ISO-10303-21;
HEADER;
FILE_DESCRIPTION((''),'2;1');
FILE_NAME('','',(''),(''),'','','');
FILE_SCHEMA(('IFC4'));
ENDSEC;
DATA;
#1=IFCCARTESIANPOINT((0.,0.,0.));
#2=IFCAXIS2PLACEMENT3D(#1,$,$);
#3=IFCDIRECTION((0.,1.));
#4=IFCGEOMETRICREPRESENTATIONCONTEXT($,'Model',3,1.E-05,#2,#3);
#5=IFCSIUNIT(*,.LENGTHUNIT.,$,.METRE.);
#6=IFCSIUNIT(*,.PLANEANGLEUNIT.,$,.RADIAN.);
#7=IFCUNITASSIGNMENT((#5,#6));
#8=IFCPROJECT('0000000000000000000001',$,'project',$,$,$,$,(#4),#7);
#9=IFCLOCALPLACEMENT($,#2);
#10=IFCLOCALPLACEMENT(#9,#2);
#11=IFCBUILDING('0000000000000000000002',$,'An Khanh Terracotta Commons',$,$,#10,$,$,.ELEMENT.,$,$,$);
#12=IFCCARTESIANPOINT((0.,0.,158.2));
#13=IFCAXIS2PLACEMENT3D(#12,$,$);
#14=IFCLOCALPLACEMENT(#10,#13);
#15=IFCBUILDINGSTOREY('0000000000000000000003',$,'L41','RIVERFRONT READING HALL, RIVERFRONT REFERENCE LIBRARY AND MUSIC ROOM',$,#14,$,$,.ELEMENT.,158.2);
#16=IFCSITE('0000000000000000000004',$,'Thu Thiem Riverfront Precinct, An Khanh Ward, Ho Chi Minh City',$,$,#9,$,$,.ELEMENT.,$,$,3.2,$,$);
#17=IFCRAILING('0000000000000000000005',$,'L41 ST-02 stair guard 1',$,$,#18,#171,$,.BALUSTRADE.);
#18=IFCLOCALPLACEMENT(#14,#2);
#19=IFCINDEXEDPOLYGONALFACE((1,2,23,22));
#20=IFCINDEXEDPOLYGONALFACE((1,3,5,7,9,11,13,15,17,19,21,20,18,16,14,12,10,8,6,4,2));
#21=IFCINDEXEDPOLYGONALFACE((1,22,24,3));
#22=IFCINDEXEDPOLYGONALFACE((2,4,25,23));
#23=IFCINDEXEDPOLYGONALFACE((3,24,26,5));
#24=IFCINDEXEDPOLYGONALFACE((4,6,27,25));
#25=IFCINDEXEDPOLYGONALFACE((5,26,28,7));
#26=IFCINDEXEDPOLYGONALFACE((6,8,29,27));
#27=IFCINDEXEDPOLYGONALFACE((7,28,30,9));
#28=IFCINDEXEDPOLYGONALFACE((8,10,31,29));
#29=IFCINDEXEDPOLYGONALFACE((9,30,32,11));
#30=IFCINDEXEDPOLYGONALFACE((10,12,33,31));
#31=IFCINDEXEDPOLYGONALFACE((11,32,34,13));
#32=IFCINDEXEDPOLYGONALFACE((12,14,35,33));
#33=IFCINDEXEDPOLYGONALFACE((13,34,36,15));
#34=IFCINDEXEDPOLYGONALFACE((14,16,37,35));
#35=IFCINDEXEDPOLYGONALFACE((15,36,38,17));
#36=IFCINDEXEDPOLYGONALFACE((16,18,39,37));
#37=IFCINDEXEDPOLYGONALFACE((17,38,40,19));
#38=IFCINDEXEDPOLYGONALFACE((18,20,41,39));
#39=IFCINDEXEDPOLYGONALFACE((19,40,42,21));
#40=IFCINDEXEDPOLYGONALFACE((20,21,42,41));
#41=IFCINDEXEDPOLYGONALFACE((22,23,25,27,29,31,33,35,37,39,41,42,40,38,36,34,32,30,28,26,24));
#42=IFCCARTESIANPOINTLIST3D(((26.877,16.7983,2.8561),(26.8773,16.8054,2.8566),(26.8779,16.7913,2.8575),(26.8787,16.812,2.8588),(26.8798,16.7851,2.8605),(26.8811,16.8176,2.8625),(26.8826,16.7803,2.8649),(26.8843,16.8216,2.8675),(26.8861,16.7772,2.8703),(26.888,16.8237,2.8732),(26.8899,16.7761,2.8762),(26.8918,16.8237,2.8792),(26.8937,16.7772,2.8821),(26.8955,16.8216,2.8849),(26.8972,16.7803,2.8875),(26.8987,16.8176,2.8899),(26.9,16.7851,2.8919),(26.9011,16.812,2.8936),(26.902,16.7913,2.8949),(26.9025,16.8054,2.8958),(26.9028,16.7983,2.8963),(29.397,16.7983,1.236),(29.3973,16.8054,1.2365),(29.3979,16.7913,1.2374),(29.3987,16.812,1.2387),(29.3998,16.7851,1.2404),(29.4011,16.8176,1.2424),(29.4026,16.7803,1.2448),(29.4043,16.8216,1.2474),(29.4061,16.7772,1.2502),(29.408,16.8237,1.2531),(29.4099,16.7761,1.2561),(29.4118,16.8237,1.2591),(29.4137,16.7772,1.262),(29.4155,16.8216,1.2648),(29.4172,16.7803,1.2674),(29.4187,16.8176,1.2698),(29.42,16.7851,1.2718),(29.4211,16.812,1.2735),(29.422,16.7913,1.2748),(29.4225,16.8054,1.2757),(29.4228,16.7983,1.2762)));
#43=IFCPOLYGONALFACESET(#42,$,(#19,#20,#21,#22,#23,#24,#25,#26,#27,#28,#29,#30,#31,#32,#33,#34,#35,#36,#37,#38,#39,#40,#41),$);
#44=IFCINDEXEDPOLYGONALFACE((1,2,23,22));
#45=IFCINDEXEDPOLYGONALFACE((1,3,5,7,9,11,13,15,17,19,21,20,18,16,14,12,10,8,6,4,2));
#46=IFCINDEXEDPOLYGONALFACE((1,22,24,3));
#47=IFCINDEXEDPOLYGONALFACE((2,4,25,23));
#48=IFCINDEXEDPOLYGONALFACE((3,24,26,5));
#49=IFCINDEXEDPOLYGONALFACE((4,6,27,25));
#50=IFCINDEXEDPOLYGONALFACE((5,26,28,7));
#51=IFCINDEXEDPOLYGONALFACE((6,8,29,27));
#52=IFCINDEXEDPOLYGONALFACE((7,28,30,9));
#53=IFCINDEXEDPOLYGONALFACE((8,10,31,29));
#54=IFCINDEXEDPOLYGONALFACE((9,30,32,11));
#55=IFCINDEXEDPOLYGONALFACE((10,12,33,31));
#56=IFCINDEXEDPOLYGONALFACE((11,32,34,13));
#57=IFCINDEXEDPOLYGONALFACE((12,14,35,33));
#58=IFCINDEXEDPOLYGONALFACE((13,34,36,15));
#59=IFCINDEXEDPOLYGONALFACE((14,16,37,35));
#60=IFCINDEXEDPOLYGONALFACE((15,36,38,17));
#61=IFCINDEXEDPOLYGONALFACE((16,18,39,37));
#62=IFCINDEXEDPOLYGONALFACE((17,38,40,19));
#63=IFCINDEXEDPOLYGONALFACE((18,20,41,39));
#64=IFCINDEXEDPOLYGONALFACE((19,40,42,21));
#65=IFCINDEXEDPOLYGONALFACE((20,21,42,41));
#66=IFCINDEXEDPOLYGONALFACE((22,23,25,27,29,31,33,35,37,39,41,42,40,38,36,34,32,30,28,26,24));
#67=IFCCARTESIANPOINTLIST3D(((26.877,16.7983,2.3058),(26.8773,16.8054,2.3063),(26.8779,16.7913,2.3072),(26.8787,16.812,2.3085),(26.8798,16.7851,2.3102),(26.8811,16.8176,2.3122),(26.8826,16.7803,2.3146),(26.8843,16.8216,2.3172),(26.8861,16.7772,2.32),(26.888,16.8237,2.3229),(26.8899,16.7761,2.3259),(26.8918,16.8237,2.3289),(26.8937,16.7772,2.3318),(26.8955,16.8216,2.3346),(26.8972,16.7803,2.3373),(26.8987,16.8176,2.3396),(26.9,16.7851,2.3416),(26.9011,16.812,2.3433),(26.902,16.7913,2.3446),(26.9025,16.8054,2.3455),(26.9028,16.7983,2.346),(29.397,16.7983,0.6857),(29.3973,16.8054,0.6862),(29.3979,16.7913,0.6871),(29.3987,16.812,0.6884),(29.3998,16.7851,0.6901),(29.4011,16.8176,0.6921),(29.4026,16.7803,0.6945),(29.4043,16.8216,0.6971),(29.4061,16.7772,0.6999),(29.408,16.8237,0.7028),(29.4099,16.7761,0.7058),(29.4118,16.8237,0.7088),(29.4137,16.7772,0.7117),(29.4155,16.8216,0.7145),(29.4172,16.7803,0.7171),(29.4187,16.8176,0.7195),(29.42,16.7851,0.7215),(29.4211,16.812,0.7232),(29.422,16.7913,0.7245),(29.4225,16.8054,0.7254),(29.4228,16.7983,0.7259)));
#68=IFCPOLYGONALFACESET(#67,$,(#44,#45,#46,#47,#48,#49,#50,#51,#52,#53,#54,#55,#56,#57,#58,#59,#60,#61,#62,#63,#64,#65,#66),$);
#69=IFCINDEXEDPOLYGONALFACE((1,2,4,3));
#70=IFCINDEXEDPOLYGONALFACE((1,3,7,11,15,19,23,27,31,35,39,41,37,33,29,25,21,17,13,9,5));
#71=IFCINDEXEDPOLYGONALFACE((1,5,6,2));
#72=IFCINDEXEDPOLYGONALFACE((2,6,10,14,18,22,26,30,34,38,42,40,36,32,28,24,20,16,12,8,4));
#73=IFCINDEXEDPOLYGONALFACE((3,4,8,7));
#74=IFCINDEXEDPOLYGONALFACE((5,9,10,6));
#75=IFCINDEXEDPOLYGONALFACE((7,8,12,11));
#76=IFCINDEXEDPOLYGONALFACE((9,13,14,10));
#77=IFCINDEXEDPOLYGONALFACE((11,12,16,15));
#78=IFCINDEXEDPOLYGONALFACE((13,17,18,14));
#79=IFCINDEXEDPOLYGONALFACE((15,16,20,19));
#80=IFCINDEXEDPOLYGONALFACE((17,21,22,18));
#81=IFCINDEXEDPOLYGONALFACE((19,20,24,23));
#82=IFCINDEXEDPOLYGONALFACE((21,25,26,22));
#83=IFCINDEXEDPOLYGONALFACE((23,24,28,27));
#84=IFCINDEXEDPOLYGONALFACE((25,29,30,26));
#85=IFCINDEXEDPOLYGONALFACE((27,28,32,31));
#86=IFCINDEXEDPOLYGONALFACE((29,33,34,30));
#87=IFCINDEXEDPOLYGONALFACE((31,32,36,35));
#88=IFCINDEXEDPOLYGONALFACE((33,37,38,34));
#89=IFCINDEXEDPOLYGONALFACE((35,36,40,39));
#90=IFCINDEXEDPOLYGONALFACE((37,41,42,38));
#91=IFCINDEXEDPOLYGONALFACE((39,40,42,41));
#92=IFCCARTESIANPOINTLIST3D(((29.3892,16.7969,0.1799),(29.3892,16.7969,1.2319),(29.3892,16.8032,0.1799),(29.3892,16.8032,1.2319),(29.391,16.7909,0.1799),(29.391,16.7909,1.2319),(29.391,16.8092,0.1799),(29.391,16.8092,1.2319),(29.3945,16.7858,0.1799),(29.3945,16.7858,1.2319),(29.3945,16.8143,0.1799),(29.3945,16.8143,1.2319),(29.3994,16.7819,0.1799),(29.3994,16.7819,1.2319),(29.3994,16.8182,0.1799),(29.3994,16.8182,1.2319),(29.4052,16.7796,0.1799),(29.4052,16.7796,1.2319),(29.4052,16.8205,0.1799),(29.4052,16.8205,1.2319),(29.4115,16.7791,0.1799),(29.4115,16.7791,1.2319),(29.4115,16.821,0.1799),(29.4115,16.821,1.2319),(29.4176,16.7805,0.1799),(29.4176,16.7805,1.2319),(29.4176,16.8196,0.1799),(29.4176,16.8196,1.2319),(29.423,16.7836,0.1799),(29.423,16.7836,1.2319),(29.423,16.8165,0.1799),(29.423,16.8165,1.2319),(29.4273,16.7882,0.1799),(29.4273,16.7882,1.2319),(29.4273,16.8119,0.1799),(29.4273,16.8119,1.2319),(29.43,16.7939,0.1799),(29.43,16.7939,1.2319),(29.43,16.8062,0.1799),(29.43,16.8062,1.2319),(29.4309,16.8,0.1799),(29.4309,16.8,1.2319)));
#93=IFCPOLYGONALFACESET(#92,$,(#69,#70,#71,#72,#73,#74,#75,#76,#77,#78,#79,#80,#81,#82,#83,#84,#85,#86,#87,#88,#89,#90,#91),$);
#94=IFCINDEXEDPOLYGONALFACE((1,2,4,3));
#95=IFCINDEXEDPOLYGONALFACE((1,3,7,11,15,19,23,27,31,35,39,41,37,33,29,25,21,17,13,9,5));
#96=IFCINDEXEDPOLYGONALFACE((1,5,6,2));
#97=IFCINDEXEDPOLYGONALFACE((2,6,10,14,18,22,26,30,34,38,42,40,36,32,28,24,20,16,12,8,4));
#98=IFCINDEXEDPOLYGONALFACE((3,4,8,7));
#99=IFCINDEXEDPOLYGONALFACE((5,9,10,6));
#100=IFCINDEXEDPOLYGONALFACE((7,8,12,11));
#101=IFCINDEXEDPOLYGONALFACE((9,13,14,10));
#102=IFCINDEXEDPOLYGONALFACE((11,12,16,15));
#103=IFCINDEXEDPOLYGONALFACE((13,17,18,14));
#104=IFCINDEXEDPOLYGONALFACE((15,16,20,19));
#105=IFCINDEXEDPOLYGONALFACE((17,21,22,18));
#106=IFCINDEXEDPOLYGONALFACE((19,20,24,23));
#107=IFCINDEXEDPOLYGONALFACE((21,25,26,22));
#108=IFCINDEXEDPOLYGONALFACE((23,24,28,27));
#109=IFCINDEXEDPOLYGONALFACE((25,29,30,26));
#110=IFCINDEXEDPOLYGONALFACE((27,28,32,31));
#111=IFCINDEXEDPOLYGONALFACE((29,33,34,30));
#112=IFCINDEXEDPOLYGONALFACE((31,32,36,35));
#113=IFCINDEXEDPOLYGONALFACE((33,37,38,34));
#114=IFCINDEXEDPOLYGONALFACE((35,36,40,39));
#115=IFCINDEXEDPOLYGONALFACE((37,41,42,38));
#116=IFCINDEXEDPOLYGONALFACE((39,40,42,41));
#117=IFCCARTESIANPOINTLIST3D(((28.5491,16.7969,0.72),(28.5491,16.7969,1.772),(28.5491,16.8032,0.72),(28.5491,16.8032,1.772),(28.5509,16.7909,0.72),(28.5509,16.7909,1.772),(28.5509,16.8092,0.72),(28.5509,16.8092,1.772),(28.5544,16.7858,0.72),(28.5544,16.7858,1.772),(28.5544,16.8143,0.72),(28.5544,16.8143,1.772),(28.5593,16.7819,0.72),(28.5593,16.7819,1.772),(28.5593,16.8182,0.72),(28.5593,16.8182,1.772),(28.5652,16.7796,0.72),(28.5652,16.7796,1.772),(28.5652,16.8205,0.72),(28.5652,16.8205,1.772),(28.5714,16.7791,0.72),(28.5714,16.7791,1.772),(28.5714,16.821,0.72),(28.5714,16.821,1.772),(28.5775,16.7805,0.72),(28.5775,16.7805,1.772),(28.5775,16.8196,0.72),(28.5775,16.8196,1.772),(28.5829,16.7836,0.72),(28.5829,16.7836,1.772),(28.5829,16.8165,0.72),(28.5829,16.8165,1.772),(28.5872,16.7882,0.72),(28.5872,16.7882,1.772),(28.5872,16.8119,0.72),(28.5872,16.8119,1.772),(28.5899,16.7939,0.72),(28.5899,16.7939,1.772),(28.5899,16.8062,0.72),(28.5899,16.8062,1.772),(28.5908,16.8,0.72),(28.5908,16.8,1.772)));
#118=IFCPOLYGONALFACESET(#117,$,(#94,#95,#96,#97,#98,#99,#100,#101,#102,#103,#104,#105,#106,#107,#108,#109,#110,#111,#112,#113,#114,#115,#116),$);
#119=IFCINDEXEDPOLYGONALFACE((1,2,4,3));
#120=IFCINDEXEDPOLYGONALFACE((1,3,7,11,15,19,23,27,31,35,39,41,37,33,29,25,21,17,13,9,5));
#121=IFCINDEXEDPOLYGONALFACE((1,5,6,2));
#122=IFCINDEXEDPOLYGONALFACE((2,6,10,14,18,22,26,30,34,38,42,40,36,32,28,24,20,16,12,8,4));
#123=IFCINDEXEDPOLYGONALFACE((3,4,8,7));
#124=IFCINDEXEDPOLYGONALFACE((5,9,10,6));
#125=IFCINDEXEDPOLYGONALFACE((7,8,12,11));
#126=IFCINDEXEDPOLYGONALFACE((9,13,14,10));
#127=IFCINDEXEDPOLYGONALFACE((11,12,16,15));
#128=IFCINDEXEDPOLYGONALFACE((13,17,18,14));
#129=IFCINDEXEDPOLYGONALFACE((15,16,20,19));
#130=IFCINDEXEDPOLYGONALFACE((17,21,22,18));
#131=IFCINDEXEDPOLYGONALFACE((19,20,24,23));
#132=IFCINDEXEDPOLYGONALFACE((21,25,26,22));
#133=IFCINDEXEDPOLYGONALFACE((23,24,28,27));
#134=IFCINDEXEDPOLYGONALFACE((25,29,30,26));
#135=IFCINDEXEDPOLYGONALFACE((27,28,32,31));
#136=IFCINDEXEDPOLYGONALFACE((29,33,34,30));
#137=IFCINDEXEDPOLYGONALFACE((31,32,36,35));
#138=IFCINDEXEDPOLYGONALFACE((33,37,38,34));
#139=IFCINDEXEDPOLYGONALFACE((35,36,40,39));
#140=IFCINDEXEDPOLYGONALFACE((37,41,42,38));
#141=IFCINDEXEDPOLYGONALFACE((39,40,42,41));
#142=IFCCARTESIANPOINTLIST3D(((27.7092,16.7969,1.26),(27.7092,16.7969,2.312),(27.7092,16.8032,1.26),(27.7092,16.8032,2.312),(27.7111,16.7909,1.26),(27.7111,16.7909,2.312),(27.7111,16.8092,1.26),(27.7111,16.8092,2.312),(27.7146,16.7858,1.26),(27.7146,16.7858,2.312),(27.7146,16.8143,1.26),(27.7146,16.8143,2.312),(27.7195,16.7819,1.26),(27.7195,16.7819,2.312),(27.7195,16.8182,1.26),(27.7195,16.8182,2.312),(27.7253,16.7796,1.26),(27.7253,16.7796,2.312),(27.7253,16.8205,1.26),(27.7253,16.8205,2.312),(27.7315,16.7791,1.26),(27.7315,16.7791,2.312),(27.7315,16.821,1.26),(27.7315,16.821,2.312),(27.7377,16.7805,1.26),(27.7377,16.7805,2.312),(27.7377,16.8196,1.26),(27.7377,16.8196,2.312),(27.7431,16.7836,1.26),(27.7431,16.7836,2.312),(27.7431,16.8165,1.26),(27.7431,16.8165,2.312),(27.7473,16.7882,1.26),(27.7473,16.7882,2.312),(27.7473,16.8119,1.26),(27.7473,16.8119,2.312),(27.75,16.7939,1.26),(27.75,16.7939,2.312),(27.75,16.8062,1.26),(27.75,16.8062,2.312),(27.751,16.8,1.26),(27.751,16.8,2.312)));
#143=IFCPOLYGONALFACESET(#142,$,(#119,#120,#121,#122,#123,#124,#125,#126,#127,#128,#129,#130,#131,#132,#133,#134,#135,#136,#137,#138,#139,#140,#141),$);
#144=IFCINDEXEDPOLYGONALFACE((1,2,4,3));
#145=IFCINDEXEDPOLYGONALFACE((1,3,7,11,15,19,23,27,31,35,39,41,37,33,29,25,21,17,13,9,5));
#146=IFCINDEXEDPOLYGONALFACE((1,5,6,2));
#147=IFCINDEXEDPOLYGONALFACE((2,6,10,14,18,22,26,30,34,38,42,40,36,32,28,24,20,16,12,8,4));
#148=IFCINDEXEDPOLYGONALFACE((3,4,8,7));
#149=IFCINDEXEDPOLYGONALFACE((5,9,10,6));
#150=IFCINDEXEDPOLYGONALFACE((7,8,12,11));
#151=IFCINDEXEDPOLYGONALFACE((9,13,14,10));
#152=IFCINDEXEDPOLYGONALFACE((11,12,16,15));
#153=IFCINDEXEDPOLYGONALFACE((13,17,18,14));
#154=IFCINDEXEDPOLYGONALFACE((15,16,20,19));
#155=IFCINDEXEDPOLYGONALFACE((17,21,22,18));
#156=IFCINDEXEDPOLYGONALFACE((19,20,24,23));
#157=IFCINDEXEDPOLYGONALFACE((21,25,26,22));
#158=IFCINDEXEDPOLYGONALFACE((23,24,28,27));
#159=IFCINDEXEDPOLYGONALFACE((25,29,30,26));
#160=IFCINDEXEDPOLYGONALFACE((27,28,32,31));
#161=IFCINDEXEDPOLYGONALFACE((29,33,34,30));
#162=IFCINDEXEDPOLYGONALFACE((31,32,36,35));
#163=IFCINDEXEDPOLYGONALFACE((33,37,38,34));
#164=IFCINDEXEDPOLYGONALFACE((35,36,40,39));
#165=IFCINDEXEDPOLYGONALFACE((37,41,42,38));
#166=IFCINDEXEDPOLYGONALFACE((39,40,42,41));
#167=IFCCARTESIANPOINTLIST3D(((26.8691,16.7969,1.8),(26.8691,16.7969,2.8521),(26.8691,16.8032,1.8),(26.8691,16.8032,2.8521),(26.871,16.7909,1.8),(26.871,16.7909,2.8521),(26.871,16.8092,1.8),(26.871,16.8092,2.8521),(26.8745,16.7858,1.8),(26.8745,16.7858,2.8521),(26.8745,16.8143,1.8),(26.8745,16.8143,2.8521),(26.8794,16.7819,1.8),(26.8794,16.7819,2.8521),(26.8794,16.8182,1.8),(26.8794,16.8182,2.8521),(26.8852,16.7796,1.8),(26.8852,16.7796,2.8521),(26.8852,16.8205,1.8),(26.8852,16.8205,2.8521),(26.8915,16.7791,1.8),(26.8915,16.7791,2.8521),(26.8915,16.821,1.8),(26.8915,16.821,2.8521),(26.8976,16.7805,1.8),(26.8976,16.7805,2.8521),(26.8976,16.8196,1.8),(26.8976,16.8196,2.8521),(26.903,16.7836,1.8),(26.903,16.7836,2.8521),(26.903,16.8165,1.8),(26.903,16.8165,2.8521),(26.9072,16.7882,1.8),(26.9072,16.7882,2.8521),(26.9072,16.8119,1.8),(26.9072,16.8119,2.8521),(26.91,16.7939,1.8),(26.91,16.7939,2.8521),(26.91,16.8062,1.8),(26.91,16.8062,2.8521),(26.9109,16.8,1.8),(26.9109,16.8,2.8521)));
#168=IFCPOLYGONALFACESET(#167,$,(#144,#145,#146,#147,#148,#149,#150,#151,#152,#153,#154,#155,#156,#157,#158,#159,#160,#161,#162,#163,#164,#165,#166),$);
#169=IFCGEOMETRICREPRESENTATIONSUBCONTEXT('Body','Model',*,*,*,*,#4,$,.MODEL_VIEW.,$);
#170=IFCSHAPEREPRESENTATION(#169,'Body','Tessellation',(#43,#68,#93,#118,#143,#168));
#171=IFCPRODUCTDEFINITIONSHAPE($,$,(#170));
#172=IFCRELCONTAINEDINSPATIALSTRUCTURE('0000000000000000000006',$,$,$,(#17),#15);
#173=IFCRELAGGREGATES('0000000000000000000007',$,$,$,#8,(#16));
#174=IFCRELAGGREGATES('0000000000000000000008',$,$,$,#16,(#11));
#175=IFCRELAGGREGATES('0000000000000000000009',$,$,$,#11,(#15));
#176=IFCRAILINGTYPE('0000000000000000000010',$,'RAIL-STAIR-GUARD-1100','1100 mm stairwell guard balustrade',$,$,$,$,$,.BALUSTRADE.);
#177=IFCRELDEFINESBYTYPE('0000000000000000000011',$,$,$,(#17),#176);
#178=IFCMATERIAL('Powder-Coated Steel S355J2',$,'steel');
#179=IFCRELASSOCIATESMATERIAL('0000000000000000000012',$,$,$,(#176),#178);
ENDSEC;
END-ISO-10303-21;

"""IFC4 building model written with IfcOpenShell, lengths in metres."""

from ifc_helpers import new_model, si_unit, direction, frame, origin, origin_2d, place, context, subcontext, project, spatial, circle, extrude, material, type_object, element, save


model = new_model("IFC4")

# Units and contexts
model_context = context("Model", 3, precision=1e-05, world=origin(), true_north=direction((0.0, 1.0)))
body_context = subcontext(model_context, "Body", "Model", "MODEL_VIEW")
ifc_project = project(units=[si_unit("LENGTHUNIT", "METRE"), si_unit("PLANEANGLEUNIT", "RADIAN")], contexts=[model_context])

# Site, building, storey
site_placement = place(None, origin())
site = spatial("IfcSite", under=ifc_project, at=site_placement, Name="Thu Thiem Riverfront Precinct, An Khanh Ward, Ho Chi Minh City", CompositionType="ELEMENT", RefElevation=3.2)
building_placement = place(site_placement, origin())
building = spatial("IfcBuilding", under=site, at=building_placement, Name="An Khanh Terracotta Commons", CompositionType="ELEMENT")
storey_placement = place(building_placement, frame((0.0, 0.0, 158.2)))
storey = spatial("IfcBuildingStorey", under=building, at=storey_placement, Name="L41", Description="RIVERFRONT READING HALL, RIVERFRONT REFERENCE LIBRARY AND MUSIC ROOM", CompositionType="ELEMENT", Elevation=158.2)

# Railing
ifc_material_1 = material(Name="Powder-Coated Steel S355J2", Category="steel")
railing_type_1 = type_object("IfcRailingType", Name="RAIL-STAIR-GUARD-1100", Description="1100 mm stairwell guard balustrade", PredefinedType="BALUSTRADE", material=ifc_material_1)
railing_1_placement = place(storey_placement, frame((29.4099, 16.8, 0.1799)))
element("IfcRailing", 1, at=railing_1_placement, inside=storey, type_object=railing_type_1, Name="L41 ST-02 stair guard 1", PredefinedType="BALUSTRADE", context=body_context, shape_type="SweptSolid", body=[
    extrude(circle(Radius=0.0239, at=origin_2d()), frame((0.0, 0.0, 1.0762), z_axis=(-0.841163, 0.0, 0.540782), x_axis=(0.0, -1.0, 0.0)), (0.0, 0.0, 1.0), 2.9958),
    extrude(circle(Radius=0.0239, at=origin_2d()), frame((0.0, 0.0, 0.5259), z_axis=(-0.841163, 0.0, 0.540782), x_axis=(0.0, -1.0, 0.0)), (0.0, 0.0, 1.0), 2.9958),
    extrude(circle(Radius=0.021, at=origin_2d()), origin(), (0.0, 0.0, 1.0), 1.052),
    extrude(circle(Radius=0.021, at=origin_2d()), frame((-0.8401, 0.0, 0.54)), (0.0, 0.0, 1.0), 1.052),
    extrude(circle(Radius=0.021, at=origin_2d()), frame((-1.6799, 0.0, 1.0801)), (0.0, 0.0, 1.0), 1.052),
    extrude(circle(Radius=0.021, at=origin_2d()), frame((-2.52, 0.0, 1.6201)), (0.0, 0.0, 1.0), 1.052),
])

save(model, "model.ifc")
